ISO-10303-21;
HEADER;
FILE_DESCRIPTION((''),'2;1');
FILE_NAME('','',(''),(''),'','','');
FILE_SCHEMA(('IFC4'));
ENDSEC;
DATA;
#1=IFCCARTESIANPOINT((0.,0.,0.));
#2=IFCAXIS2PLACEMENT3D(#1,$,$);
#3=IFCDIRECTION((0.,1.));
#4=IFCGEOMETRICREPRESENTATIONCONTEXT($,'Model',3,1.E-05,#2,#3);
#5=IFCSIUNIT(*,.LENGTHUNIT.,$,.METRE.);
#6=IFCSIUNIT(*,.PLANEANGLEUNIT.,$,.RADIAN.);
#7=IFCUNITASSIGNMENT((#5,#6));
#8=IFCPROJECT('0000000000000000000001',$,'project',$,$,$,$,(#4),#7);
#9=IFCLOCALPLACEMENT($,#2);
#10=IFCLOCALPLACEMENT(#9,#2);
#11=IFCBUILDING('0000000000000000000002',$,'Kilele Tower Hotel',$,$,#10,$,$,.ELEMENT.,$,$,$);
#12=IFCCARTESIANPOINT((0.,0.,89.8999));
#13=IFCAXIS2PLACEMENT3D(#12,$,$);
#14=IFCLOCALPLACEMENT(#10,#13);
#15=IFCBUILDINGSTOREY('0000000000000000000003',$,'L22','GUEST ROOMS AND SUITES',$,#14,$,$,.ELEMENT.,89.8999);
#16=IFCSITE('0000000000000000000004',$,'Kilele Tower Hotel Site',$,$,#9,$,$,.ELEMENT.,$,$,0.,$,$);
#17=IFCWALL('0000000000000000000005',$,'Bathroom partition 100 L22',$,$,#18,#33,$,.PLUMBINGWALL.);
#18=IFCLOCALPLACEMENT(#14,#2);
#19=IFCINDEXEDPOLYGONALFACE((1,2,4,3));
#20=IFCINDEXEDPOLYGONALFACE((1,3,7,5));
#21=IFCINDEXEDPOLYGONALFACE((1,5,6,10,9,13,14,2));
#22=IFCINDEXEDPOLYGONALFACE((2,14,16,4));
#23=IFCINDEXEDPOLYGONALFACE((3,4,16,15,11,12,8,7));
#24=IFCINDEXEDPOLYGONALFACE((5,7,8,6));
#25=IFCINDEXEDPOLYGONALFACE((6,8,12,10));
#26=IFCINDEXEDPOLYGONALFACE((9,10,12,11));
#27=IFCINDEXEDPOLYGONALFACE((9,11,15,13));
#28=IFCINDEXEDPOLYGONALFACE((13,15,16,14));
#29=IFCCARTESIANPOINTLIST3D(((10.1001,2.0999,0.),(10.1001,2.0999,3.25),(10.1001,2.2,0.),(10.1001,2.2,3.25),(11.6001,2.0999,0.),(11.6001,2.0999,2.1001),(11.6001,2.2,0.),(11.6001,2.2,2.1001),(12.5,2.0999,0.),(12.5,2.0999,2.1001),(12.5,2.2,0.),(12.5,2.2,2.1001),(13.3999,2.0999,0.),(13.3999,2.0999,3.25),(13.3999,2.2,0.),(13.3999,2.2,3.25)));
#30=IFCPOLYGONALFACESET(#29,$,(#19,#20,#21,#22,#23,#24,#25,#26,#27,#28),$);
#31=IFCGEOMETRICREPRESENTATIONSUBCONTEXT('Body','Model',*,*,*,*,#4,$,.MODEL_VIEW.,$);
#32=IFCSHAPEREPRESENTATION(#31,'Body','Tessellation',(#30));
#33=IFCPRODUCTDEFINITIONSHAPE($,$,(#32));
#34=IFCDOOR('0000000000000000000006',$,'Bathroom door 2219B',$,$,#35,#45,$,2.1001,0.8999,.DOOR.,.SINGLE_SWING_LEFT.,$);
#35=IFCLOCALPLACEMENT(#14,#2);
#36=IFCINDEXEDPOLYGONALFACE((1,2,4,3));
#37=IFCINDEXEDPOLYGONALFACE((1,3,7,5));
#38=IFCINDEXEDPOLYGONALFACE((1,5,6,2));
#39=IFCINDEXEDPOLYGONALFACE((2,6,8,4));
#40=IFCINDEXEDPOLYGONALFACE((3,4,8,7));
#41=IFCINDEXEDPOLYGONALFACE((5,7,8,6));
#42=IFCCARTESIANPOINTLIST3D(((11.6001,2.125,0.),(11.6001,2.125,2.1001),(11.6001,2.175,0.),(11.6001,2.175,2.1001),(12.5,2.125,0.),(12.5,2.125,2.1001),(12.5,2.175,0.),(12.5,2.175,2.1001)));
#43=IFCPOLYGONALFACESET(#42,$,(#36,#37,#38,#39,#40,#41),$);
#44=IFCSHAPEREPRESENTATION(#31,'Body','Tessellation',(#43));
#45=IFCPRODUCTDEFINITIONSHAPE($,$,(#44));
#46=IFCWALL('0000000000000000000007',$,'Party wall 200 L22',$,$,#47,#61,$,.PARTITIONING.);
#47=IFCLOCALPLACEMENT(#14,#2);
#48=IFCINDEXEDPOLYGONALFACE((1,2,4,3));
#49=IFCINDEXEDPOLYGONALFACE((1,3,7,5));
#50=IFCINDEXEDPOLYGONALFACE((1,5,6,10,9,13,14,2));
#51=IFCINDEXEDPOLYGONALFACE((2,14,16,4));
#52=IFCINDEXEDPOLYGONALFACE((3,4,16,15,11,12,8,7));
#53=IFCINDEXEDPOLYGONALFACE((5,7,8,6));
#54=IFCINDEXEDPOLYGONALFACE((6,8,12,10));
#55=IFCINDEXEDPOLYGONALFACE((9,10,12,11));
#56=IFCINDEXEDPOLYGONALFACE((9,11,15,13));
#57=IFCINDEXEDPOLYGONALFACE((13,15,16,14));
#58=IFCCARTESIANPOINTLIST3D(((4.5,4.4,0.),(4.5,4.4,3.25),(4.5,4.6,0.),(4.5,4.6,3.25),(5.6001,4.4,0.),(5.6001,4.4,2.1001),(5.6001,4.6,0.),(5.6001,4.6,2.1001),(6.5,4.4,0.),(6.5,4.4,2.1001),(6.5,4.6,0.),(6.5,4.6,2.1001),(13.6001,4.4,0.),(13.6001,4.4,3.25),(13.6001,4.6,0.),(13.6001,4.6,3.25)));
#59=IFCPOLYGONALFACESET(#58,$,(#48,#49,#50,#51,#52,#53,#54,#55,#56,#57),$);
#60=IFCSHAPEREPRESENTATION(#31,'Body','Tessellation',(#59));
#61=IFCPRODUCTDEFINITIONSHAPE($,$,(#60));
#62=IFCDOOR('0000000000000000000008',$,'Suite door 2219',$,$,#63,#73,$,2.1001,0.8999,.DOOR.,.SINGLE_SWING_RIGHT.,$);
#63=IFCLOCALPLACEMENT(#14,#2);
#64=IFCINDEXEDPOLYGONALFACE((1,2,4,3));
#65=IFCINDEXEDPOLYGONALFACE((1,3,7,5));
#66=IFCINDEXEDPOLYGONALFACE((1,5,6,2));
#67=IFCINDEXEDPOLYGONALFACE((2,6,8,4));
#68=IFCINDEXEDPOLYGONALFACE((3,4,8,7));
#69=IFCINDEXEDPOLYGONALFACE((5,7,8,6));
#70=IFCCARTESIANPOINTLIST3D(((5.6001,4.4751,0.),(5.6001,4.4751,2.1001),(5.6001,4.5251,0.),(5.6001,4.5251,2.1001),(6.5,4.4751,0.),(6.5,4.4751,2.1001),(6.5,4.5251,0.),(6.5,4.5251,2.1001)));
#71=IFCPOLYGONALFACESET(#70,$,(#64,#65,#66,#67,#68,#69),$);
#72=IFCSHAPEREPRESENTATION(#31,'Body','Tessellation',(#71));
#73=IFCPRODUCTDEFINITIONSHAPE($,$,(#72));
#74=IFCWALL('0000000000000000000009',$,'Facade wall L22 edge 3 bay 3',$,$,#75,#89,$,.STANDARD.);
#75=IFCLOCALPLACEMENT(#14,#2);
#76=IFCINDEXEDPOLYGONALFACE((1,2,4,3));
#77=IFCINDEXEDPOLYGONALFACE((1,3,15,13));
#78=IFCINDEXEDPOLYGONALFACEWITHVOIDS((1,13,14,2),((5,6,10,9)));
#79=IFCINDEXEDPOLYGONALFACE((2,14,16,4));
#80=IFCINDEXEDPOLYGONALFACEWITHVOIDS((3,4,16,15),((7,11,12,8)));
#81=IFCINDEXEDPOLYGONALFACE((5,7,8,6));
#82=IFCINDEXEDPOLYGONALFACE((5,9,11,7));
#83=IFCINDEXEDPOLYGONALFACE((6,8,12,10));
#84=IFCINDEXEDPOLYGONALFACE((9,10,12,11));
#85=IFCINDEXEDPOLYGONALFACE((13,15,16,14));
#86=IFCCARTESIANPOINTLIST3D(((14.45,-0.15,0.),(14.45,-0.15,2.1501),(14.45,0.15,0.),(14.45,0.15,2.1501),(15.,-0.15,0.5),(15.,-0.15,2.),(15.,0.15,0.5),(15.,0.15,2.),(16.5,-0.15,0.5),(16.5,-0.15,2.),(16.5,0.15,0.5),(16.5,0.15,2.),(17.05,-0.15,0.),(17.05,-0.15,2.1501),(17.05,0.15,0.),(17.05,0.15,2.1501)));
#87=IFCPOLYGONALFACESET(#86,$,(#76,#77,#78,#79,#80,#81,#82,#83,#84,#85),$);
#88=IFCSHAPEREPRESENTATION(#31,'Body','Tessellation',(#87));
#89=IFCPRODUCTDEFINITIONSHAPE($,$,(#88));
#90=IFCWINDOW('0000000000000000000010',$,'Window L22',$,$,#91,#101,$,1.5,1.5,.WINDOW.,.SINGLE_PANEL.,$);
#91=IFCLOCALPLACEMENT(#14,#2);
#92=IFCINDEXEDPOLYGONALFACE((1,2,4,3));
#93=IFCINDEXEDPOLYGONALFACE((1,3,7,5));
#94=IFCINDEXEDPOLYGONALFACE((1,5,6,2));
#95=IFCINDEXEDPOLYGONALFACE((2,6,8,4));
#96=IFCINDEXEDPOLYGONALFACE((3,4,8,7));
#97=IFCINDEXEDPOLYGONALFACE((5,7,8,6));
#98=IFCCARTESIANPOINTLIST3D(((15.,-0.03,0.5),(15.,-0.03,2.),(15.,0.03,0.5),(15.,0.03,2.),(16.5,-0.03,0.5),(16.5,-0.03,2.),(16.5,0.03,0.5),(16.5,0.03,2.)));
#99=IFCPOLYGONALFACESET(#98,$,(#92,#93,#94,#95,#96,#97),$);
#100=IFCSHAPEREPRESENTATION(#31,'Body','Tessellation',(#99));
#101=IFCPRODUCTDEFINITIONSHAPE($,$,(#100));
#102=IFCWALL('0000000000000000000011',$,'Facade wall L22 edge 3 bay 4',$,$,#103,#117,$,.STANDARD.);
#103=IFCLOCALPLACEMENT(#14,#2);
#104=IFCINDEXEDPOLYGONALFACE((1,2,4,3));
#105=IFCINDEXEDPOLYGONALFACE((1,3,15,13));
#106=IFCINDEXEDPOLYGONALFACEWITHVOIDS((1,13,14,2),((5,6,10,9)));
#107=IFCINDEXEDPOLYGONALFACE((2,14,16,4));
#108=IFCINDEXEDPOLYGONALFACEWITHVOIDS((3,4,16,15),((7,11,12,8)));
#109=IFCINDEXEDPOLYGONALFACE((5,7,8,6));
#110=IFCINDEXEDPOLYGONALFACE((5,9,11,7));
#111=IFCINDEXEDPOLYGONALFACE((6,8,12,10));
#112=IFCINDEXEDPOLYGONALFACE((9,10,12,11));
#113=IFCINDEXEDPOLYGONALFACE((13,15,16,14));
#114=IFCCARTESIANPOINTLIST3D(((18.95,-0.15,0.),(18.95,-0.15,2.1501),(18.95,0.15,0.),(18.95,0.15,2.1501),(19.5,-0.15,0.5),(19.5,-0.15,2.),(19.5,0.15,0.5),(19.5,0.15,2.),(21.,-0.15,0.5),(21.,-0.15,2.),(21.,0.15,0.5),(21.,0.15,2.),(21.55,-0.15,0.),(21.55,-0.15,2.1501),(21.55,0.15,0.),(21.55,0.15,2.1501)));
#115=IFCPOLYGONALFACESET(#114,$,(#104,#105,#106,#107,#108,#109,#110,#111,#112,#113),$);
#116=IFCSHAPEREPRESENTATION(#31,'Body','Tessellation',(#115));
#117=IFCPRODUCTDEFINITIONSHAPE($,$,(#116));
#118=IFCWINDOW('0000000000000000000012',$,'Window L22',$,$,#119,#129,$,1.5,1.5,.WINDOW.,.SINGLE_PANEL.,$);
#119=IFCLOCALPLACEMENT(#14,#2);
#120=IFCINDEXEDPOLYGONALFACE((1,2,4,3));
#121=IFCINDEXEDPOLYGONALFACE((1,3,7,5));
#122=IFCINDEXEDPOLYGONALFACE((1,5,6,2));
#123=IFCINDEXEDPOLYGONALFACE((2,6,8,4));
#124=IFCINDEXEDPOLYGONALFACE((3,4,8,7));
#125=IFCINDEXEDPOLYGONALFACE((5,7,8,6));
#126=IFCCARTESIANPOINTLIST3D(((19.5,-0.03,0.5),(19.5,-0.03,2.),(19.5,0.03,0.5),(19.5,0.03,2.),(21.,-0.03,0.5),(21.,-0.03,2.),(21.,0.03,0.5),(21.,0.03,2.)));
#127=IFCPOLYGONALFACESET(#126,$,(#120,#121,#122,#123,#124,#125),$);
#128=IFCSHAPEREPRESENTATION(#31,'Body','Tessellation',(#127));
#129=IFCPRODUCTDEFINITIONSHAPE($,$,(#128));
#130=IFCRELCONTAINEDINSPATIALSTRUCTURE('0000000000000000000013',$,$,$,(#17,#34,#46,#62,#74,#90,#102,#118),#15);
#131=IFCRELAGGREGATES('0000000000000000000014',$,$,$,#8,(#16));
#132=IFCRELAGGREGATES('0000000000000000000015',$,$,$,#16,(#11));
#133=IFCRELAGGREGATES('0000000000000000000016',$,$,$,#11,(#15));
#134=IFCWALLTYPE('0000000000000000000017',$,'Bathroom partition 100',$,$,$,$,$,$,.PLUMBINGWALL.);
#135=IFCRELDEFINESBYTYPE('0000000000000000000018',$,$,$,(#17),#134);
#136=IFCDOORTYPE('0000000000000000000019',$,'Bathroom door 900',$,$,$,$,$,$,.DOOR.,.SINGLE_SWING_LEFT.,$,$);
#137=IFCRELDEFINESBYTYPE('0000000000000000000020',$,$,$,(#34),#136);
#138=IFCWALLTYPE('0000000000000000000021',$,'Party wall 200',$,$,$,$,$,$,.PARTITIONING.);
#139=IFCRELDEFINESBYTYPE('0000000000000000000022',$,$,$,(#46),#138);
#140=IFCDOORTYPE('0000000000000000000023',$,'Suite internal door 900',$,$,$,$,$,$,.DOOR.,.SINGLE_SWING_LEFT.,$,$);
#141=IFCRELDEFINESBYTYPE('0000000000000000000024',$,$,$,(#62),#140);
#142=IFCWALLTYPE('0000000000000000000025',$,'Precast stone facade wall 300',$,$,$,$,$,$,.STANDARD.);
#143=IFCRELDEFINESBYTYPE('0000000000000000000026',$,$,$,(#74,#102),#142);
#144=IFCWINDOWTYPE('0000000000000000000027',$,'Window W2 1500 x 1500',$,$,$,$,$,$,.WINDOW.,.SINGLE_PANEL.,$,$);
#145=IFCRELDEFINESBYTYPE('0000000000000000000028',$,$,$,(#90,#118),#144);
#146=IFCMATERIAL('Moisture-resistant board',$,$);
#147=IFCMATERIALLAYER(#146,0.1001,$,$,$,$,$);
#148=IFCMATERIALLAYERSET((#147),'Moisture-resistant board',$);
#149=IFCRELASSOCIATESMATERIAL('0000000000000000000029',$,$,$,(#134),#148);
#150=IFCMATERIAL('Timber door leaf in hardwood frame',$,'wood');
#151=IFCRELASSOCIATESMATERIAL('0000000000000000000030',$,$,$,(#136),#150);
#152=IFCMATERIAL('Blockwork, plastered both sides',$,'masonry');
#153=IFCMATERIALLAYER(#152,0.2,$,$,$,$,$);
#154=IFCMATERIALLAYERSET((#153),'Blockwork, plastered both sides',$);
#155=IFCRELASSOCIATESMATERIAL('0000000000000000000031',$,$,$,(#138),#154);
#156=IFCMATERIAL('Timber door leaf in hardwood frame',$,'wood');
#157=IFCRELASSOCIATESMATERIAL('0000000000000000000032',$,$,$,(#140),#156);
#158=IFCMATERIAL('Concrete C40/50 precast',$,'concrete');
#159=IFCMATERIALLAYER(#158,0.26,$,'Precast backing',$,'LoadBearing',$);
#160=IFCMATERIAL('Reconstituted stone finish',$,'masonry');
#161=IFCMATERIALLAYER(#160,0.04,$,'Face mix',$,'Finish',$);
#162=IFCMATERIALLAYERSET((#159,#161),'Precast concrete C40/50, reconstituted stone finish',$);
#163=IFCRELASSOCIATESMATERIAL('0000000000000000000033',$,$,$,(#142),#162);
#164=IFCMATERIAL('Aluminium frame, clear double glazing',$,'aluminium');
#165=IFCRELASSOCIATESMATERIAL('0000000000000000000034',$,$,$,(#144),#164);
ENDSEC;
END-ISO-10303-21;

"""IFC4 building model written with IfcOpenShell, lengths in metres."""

from ifc_helpers import new_model, si_unit, direction, frame, frame_2d, origin, place, context, subcontext, project, spatial, rectangle, extrude, material, layer, layer_set, type_object, element, fill, save


model = new_model("IFC4")

# Units and contexts
model_context = context("Model", 3, precision=1e-05, world=origin(), true_north=direction((0.0, 1.0)))
body_context = subcontext(model_context, "Body", "Model", "MODEL_VIEW")
ifc_project = project(units=[si_unit("LENGTHUNIT", "METRE"), si_unit("PLANEANGLEUNIT", "RADIAN")], contexts=[model_context])

# Site, building, storey
site_placement = place(None, origin())
site = spatial("IfcSite", under=ifc_project, at=site_placement, Name="Kilele Tower Hotel Site", CompositionType="ELEMENT", RefElevation=0.0)
building_placement = place(site_placement, origin())
building = spatial("IfcBuilding", under=site, at=building_placement, Name="Kilele Tower Hotel", CompositionType="ELEMENT")
storey_placement = place(building_placement, frame((0.0, 0.0, 89.8999)))
storey = spatial("IfcBuildingStorey", under=building, at=storey_placement, Name="L22", Description="GUEST ROOMS AND SUITES", CompositionType="ELEMENT", Elevation=89.8999)

# Shared definitions
ifc_material_1 = material(Name="Moisture-resistant board")
ifc_layer_1 = layer(ifc_material_1, 0.1001)
ifc_layer_set_1 = layer_set([ifc_layer_1], Name="Moisture-resistant board")
wall_type_1 = type_object("IfcWallType", Name="Bathroom partition 100", PredefinedType="PLUMBINGWALL", material=ifc_layer_set_1)

# Shared definitions
ifc_material_2 = material(Name="Timber door leaf in hardwood frame", Category="wood")
door_type_1 = type_object("IfcDoorType", Name="Bathroom door 900", OperationType="SINGLE_SWING_LEFT", PredefinedType="DOOR", material=ifc_material_2)

# Walls, openings, doors
wall_1_placement = place(storey_placement, frame((13.3999, 2.1499, 0.0), z_axis=(0.0, 0.0, 1.0), x_axis=(-1.0, 0.0, 0.0)))
wall_1 = element("IfcWall", 1, at=wall_1_placement, inside=storey, type_object=wall_type_1, Name="Bathroom partition 100 L22", PredefinedType="PLUMBINGWALL", context=body_context, shape_type="SweptSolid", body=[
    extrude(rectangle(XDim=3.2998, YDim=0.1001, at=frame_2d((1.6499, 0.0))), origin(), (0.0, 0.0, 1.0), 3.25),
])
opening_1_placement = place(wall_1_placement, frame((0.8999, 0.0, 0.0)))
opening_1 = element("IfcOpeningElement", 2, at=opening_1_placement, cuts=wall_1, PredefinedType="OPENING", context=body_context, shape_type="SweptSolid", body=[
    extrude(rectangle(XDim=0.8999, YDim=2.1001, at=frame_2d((0.45, 1.05))), frame((0.0, 0.0601, 0.0), z_axis=(0.0, -1.0, 0.0), x_axis=(1.0, 0.0, 0.0)), (0.0, 0.0, 1.0), 0.1201),
])
door_1_placement = place(opening_1_placement, origin())
door_1 = element("IfcDoor", 3, at=door_1_placement, inside=storey, type_object=door_type_1, Name="Bathroom door 2219B", OperationType="SINGLE_SWING_LEFT", OverallHeight=2.1001, OverallWidth=0.8999, PredefinedType="DOOR", context=body_context, shape_type="SweptSolid", body=[
    extrude(rectangle(XDim=0.8999, YDim=2.1001, at=frame_2d((0.45, 1.05))), frame((0.0, 0.0249, 0.0), z_axis=(0.0, -1.0, 0.0), x_axis=(1.0, 0.0, 0.0)), (0.0, 0.0, 1.0), 0.05),
])
fill(opening_1, door_1)
ifc_material_3 = material(Name="Blockwork, plastered both sides", Category="masonry")
ifc_layer_2 = layer(ifc_material_3, 0.2)
ifc_layer_set_2 = layer_set([ifc_layer_2], Name="Blockwork, plastered both sides")
wall_type_2 = type_object("IfcWallType", Name="Party wall 200", PredefinedType="PARTITIONING", material=ifc_layer_set_2)
wall_2_placement = place(storey_placement, frame((13.6001, 4.5, 0.0), z_axis=(0.0, 0.0, 1.0), x_axis=(-1.0, 0.0, 0.0)))
wall_2 = element("IfcWall", 4, at=wall_2_placement, inside=storey, type_object=wall_type_2, Name="Party wall 200 L22", PredefinedType="PARTITIONING", context=body_context, shape_type="SweptSolid", body=[
    extrude(rectangle(XDim=9.1001, YDim=0.2, at=frame_2d((4.55, 0.0))), origin(), (0.0, 0.0, 1.0), 3.25),
])
opening_2_placement = place(wall_2_placement, frame((7.1001, 0.0, 0.0)))
opening_2 = element("IfcOpeningElement", 5, at=opening_2_placement, cuts=wall_2, PredefinedType="OPENING", context=body_context, shape_type="SweptSolid", body=[
    extrude(rectangle(XDim=0.8999, YDim=2.1001, at=frame_2d((0.45, 1.05))), frame((0.0, 0.1099, 0.0), z_axis=(0.0, -1.0, 0.0), x_axis=(1.0, 0.0, 0.0)), (0.0, 0.0, 1.0), 0.22),
])
ifc_material_4 = material(Name="Timber door leaf in hardwood frame", Category="wood")
door_type_2 = type_object("IfcDoorType", Name="Suite internal door 900", OperationType="SINGLE_SWING_LEFT", PredefinedType="DOOR", material=ifc_material_4)
door_2_placement = place(opening_2_placement, origin())
door_2 = element("IfcDoor", 6, at=door_2_placement, inside=storey, type_object=door_type_2, Name="Suite door 2219", OperationType="SINGLE_SWING_RIGHT", OverallHeight=2.1001, OverallWidth=0.8999, PredefinedType="DOOR", context=body_context, shape_type="SweptSolid", body=[
    extrude(rectangle(XDim=0.8999, YDim=2.1001, at=frame_2d((0.45, 1.05))), frame((0.0, 0.0249, 0.0), z_axis=(0.0, -1.0, 0.0), x_axis=(1.0, 0.0, 0.0)), (0.0, 0.0, 1.0), 0.05),
])
fill(opening_2, door_2)

# Walls, openings, windows
ifc_material_5 = material(Name="Concrete C40/50 precast", Category="concrete")
ifc_layer_3 = layer(ifc_material_5, 0.26, Name="Precast backing", Category="LoadBearing")
ifc_material_6 = material(Name="Reconstituted stone finish", Category="masonry")
ifc_layer_4 = layer(ifc_material_6, 0.04, Name="Face mix", Category="Finish")
ifc_layer_set_3 = layer_set([ifc_layer_3, ifc_layer_4], Name="Precast concrete C40/50, reconstituted stone finish")
wall_type_3 = type_object("IfcWallType", Name="Precast stone facade wall 300", PredefinedType="STANDARD", material=ifc_layer_set_3)
wall_3_placement = place(storey_placement, frame((14.45, 0.0, 0.0), z_axis=(0.0, 0.0, 1.0), x_axis=(1.0, 0.0, 0.0)))
wall_3 = element("IfcWall", 7, at=wall_3_placement, inside=storey, type_object=wall_type_3, Name="Facade wall L22 edge 3 bay 3", PredefinedType="STANDARD", context=body_context, shape_type="SweptSolid", body=[
    extrude(rectangle(XDim=2.6001, YDim=0.3, at=frame_2d((1.3, 0.0))), origin(), (0.0, 0.0, 1.0), 2.1501),
])
opening_3_placement = place(wall_3_placement, frame((0.55, 0.0, 0.5)))
opening_3 = element("IfcOpeningElement", 8, at=opening_3_placement, cuts=wall_3, PredefinedType="OPENING", context=body_context, shape_type="SweptSolid", body=[
    extrude(rectangle(XDim=1.5, YDim=1.5, at=frame_2d((0.75, 0.75))), frame((0.0, 0.1599, 0.0), z_axis=(0.0, -1.0, 0.0), x_axis=(1.0, 0.0, 0.0)), (0.0, 0.0, 1.0), 0.3201),
])
ifc_material_7 = material(Name="Aluminium frame, clear double glazing", Category="aluminium")
window_type = type_object("IfcWindowType", Name="Window W2 1500 x 1500", PartitioningType="SINGLE_PANEL", PredefinedType="WINDOW", material=ifc_material_7)
window_1_placement = place(opening_3_placement, origin())
window_1 = element("IfcWindow", 9, at=window_1_placement, inside=storey, type_object=window_type, Name="Window L22", OverallHeight=1.5, OverallWidth=1.5, PartitioningType="SINGLE_PANEL", PredefinedType="WINDOW", context=body_context, shape_type="SweptSolid", body=[
    extrude(rectangle(XDim=1.5, YDim=1.5, at=frame_2d((0.75, 0.75))), frame((0.0, 0.03, 0.0), z_axis=(0.0, -1.0, 0.0), x_axis=(1.0, 0.0, 0.0)), (0.0, 0.0, 1.0), 0.0601),
])
fill(opening_3, window_1)
wall_4_placement = place(storey_placement, frame((18.95, 0.0, 0.0), z_axis=(0.0, 0.0, 1.0), x_axis=(1.0, 0.0, 0.0)))
wall_4 = element("IfcWall", 10, at=wall_4_placement, inside=storey, type_object=wall_type_3, Name="Facade wall L22 edge 3 bay 4", PredefinedType="STANDARD", context=body_context, shape_type="SweptSolid", body=[
    extrude(rectangle(XDim=2.6001, YDim=0.3, at=frame_2d((1.3, 0.0))), origin(), (0.0, 0.0, 1.0), 2.1501),
])
opening_4_placement = place(wall_4_placement, frame((0.55, 0.0, 0.5)))
opening_4 = element("IfcOpeningElement", 11, at=opening_4_placement, cuts=wall_4, PredefinedType="OPENING", context=body_context, shape_type="SweptSolid", body=[
    extrude(rectangle(XDim=1.5, YDim=1.5, at=frame_2d((0.75, 0.75))), frame((0.0, 0.1599, 0.0), z_axis=(0.0, -1.0, 0.0), x_axis=(1.0, 0.0, 0.0)), (0.0, 0.0, 1.0), 0.3201),
])
window_2_placement = place(opening_4_placement, origin())
window_2 = element("IfcWindow", 12, at=window_2_placement, inside=storey, type_object=window_type, Name="Window L22", OverallHeight=1.5, OverallWidth=1.5, PartitioningType="SINGLE_PANEL", PredefinedType="WINDOW", context=body_context, shape_type="SweptSolid", body=[
    extrude(rectangle(XDim=1.5, YDim=1.5, at=frame_2d((0.75, 0.75))), frame((0.0, 0.03, 0.0), z_axis=(0.0, -1.0, 0.0), x_axis=(1.0, 0.0, 0.0)), (0.0, 0.0, 1.0), 0.0601),
])
fill(opening_4, window_2)

save(model, "model.ifc")
